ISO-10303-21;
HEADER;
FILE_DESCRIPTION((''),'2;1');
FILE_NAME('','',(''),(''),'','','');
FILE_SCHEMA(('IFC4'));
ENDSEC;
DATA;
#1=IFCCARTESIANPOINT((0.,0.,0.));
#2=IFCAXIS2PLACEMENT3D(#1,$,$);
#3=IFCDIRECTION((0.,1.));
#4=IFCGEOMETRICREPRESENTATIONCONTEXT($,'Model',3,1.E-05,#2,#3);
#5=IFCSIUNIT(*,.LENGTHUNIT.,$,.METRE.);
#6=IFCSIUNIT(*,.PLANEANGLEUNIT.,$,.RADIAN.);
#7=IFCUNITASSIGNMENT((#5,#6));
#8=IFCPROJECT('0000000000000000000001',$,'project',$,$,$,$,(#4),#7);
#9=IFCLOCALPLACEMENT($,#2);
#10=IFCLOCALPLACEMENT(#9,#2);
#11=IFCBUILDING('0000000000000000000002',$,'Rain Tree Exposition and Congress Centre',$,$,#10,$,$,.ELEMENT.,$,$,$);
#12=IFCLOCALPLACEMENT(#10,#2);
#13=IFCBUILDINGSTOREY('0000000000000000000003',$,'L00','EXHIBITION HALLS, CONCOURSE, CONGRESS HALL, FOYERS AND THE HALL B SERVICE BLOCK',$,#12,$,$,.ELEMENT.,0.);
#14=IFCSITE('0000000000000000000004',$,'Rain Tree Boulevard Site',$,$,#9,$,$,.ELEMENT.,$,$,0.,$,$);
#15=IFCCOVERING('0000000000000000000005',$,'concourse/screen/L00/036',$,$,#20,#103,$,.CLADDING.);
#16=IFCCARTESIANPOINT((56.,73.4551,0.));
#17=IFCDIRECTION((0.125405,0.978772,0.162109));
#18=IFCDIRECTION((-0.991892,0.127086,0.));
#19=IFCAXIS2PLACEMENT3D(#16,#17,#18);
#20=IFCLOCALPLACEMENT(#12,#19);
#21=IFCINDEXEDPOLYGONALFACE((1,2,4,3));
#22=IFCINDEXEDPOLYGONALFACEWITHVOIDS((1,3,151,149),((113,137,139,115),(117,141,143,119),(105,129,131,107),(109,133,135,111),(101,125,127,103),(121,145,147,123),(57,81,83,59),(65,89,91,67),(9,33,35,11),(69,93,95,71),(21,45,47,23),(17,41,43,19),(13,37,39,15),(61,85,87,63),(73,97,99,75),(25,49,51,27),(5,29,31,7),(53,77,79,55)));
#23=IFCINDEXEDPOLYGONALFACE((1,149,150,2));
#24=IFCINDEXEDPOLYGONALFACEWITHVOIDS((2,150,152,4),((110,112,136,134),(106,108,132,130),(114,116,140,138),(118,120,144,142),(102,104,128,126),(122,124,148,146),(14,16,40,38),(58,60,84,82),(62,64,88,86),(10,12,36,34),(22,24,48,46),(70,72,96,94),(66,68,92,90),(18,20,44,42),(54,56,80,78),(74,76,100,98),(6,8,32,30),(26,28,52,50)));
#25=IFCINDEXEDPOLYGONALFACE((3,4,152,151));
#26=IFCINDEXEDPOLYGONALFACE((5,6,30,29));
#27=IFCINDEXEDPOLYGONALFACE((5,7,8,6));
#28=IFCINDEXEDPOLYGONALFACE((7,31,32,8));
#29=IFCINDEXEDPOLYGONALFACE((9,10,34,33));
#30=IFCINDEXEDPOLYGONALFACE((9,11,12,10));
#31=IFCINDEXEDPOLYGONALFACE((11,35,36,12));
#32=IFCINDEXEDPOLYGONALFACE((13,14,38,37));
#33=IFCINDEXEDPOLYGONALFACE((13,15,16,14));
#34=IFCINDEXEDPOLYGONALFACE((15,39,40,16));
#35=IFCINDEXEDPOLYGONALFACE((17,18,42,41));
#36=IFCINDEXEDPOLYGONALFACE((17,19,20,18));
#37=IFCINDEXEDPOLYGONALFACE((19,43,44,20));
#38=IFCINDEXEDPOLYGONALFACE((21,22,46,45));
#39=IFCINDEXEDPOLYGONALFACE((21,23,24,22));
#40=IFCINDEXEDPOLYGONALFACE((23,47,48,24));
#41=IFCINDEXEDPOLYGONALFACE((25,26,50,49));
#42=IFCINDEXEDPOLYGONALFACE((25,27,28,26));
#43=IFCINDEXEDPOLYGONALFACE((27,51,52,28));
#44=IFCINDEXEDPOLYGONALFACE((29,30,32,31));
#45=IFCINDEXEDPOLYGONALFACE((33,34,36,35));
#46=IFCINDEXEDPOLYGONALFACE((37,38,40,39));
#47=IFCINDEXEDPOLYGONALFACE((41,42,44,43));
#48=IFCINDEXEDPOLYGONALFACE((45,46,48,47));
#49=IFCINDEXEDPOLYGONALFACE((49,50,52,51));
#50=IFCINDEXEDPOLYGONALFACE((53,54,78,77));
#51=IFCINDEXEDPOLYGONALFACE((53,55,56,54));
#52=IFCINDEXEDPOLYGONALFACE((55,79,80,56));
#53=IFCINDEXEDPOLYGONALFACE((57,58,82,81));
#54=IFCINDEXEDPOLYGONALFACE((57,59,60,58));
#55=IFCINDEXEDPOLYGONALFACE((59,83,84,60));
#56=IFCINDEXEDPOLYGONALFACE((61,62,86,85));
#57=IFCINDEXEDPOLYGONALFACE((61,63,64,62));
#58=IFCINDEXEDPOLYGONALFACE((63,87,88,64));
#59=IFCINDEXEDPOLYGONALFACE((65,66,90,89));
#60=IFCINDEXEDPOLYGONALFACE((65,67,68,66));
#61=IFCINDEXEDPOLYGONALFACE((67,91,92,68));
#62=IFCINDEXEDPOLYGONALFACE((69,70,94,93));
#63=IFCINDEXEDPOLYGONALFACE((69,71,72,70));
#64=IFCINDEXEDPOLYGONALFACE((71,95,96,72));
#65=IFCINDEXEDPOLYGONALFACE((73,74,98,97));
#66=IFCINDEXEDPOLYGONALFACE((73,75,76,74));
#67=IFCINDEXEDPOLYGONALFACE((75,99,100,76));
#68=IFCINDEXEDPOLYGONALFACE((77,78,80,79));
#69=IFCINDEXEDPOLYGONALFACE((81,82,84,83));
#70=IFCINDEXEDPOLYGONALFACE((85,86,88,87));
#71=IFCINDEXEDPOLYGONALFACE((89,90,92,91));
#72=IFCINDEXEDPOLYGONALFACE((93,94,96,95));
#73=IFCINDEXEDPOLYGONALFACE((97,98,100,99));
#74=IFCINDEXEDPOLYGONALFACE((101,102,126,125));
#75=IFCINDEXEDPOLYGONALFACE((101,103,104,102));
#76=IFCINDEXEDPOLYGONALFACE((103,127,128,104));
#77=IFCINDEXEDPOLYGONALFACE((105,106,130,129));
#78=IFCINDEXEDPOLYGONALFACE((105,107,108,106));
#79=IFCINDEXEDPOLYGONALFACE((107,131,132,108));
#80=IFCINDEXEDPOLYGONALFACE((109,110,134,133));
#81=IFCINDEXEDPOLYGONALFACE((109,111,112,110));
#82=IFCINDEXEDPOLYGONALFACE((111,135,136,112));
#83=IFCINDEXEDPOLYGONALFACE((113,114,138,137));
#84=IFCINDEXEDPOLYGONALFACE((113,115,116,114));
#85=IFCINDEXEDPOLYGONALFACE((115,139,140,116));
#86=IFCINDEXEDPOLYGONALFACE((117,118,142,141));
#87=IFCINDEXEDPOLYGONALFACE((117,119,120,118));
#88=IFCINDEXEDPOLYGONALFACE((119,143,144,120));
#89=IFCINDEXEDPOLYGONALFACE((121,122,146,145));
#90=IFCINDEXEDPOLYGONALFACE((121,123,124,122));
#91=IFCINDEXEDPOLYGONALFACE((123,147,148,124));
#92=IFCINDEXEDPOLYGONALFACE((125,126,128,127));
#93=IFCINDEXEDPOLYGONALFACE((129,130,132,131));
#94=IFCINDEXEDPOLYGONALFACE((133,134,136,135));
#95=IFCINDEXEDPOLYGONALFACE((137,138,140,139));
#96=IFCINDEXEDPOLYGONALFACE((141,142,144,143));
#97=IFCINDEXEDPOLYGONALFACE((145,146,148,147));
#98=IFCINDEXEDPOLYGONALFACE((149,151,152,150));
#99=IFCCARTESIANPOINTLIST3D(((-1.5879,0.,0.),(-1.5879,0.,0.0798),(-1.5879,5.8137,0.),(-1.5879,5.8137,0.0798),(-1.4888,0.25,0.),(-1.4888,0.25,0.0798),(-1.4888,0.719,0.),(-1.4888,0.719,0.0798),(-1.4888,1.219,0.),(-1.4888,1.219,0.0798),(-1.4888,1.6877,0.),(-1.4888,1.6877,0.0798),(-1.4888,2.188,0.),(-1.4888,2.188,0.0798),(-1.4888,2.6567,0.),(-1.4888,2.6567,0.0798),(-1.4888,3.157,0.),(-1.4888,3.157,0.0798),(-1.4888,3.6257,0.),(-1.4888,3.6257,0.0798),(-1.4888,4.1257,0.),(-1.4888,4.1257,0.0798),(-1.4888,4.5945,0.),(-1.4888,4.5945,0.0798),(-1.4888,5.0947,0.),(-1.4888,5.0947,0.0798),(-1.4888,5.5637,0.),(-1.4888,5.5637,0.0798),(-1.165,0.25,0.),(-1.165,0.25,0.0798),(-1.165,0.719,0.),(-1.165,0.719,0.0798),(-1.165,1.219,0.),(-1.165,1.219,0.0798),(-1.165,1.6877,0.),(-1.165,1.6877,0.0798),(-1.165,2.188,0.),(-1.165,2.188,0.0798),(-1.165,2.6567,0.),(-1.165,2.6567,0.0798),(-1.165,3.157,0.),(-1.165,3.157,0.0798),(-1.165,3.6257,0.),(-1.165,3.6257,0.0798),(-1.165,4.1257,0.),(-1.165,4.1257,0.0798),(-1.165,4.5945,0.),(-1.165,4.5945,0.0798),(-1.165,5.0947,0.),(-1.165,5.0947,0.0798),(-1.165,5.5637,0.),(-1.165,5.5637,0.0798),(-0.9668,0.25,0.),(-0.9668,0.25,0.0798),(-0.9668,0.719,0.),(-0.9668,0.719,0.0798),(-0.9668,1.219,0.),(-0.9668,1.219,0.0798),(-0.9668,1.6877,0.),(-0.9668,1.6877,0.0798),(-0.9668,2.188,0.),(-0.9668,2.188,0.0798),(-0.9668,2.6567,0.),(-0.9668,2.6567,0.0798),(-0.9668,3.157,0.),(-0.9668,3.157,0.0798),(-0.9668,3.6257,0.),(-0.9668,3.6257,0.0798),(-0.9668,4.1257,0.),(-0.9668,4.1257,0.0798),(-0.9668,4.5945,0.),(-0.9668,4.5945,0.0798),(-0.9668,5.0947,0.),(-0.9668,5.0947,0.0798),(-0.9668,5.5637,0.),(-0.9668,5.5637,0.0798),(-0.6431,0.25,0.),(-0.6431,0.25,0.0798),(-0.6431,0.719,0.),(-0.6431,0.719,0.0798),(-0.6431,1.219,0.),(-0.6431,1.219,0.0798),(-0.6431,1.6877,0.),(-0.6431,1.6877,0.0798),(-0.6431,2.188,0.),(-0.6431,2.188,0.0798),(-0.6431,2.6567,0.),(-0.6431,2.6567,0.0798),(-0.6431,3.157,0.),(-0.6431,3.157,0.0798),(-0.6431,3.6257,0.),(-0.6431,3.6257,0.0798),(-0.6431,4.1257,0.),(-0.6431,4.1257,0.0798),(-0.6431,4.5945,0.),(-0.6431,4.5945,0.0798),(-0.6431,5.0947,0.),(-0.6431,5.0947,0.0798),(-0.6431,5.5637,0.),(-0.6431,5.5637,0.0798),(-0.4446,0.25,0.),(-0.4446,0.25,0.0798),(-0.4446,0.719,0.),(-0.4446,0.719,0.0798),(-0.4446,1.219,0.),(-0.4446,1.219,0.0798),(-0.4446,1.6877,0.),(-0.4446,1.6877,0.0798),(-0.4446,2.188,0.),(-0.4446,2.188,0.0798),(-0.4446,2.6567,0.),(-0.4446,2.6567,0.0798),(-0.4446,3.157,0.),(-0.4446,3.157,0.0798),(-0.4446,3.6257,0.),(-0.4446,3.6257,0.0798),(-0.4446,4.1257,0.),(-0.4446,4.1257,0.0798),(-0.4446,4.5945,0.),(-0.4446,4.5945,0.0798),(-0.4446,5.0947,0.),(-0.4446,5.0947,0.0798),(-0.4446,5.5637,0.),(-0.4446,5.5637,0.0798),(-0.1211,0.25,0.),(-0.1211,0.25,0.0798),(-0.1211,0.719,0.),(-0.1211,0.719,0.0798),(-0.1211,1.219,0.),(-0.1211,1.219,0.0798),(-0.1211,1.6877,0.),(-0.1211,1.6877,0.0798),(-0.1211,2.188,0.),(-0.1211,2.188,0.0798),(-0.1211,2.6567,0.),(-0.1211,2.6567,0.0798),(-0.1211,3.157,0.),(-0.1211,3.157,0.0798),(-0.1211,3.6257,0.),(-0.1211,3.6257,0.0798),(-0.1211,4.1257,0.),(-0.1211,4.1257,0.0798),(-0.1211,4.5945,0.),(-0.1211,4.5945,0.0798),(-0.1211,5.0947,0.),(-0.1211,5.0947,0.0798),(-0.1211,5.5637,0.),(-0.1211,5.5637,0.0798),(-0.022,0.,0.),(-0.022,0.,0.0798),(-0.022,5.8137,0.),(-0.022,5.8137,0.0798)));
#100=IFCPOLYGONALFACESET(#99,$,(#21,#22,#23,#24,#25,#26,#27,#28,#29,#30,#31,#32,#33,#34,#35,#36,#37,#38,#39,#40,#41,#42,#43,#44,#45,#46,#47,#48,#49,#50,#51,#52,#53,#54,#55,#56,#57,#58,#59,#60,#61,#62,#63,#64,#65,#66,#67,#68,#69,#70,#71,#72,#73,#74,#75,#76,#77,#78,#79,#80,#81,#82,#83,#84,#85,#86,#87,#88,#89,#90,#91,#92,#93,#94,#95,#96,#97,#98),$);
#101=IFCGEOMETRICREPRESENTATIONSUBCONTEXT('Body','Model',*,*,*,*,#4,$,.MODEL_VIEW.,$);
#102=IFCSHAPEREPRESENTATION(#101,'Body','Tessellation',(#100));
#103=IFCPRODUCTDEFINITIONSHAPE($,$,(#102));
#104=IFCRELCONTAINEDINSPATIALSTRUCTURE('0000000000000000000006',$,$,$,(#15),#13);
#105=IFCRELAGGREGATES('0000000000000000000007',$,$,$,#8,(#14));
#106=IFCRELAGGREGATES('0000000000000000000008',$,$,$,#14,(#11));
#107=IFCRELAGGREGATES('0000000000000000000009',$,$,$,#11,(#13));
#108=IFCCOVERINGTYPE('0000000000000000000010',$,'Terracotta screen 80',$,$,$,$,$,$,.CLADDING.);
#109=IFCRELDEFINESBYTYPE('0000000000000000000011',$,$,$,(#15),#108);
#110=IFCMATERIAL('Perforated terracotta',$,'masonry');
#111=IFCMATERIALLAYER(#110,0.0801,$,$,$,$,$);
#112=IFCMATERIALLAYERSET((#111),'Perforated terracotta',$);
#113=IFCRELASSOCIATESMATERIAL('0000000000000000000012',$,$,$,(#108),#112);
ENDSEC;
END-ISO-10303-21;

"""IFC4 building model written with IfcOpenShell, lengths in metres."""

from ifc_helpers import new_model, si_unit, direction, frame, origin, place, context, subcontext, project, spatial, polyline, outline, extrude, material, layer, layer_set, type_object, element, save


model = new_model("IFC4")

# Units and contexts
model_context = context("Model", 3, precision=1e-05, world=origin(), true_north=direction((0.0, 1.0)))
body_context = subcontext(model_context, "Body", "Model", "MODEL_VIEW")
ifc_project = project(units=[si_unit("LENGTHUNIT", "METRE"), si_unit("PLANEANGLEUNIT", "RADIAN")], contexts=[model_context])

# Site, building, storey
site_placement = place(None, origin())
site = spatial("IfcSite", under=ifc_project, at=site_placement, Name="Rain Tree Boulevard Site", CompositionType="ELEMENT", RefElevation=0.0)
building_placement = place(site_placement, origin())
building = spatial("IfcBuilding", under=site, at=building_placement, Name="Rain Tree Exposition and Congress Centre", CompositionType="ELEMENT")
storey_placement = place(building_placement, origin())
storey = spatial("IfcBuildingStorey", under=building, at=storey_placement, Name="L00", Description="EXHIBITION HALLS, CONCOURSE, CONGRESS HALL, FOYERS AND THE HALL B SERVICE BLOCK", CompositionType="ELEMENT", Elevation=0.0)

# Covering
ifc_material_1 = material(Name="Perforated terracotta", Category="masonry")
ifc_layer_1 = layer(ifc_material_1, 0.0801)
ifc_layer_set_1 = layer_set([ifc_layer_1], Name="Perforated terracotta")
covering_type = type_object("IfcCoveringType", Name="Terracotta screen 80", PredefinedType="CLADDING", material=ifc_layer_set_1)
covering_1_placement = place(storey_placement, frame((56.0, 73.4551, 0.0), z_axis=(0.125405, 0.978772, 0.162109), x_axis=(-0.991892, 0.127086, 0.0)))
element("IfcCovering", 1, at=covering_1_placement, inside=storey, type_object=covering_type, Name="concourse/screen/L00/036", PredefinedType="CLADDING", context=body_context, shape_type="SweptSolid", body=[
    extrude(outline(polyline([(-0.022, 0.0), (-1.5879, 0.0), (-1.5879, 5.8137), (-0.022, 5.8137), (-0.022, 0.0)]), holes=[polyline([(-0.1211, 0.25), (-0.1211, 0.719), (-0.4446, 0.719), (-0.4446, 0.25), (-0.1211, 0.25)]), polyline([(-0.1211, 1.219), (-0.1211, 1.6877), (-0.4446, 1.6877), (-0.4446, 1.219), (-0.1211, 1.219)]), polyline([(-0.1211, 2.188), (-0.1211, 2.6567), (-0.4446, 2.6567), (-0.4446, 2.188), (-0.1211, 2.188)]), polyline([(-0.1211, 3.157), (-0.1211, 3.6257), (-0.4446, 3.6257), (-0.4446, 3.157), (-0.1211, 3.157)]), polyline([(-0.1211, 4.1257), (-0.1211, 4.5945), (-0.4446, 4.5945), (-0.4446, 4.1257), (-0.1211, 4.1257)]), polyline([(-0.1211, 5.0947), (-0.1211, 5.5637), (-0.4446, 5.5637), (-0.4446, 5.0947), (-0.1211, 5.0947)]), polyline([(-0.6431, 0.25), (-0.6431, 0.719), (-0.9668, 0.719), (-0.9668, 0.25), (-0.6431, 0.25)]), polyline([(-0.6431, 1.219), (-0.6431, 1.6877), (-0.9668, 1.6877), (-0.9668, 1.219), (-0.6431, 1.219)]), polyline([(-0.6431, 2.188), (-0.6431, 2.6567), (-0.9668, 2.6567), (-0.9668, 2.188), (-0.6431, 2.188)]), polyline([(-0.6431, 3.157), (-0.6431, 3.6257), (-0.9668, 3.6257), (-0.9668, 3.157), (-0.6431, 3.157)]), polyline([(-0.6431, 4.1257), (-0.6431, 4.5945), (-0.9668, 4.5945), (-0.9668, 4.1257), (-0.6431, 4.1257)]), polyline([(-0.6431, 5.0947), (-0.6431, 5.5637), (-0.9668, 5.5637), (-0.9668, 5.0947), (-0.6431, 5.0947)]), polyline([(-1.165, 0.25), (-1.165, 0.719), (-1.4888, 0.719), (-1.4888, 0.25), (-1.165, 0.25)]), polyline([(-1.165, 1.219), (-1.165, 1.6877), (-1.4888, 1.6877), (-1.4888, 1.219), (-1.165, 1.219)]), polyline([(-1.165, 2.188), (-1.165, 2.6567), (-1.4888, 2.6567), (-1.4888, 2.188), (-1.165, 2.188)]), polyline([(-1.165, 3.157), (-1.165, 3.6257), (-1.4888, 3.6257), (-1.4888, 3.157), (-1.165, 3.157)]), polyline([(-1.165, 4.1257), (-1.165, 4.5945), (-1.4888, 4.5945), (-1.4888, 4.1257), (-1.165, 4.1257)]), polyline([(-1.165, 5.0947), (-1.165, 5.5637), (-1.4888, 5.5637), (-1.4888, 5.0947), (-1.165, 5.0947)])]), origin(), (0.0, 0.0, 1.0), 0.0798),
])

save(model, "model.ifc")
